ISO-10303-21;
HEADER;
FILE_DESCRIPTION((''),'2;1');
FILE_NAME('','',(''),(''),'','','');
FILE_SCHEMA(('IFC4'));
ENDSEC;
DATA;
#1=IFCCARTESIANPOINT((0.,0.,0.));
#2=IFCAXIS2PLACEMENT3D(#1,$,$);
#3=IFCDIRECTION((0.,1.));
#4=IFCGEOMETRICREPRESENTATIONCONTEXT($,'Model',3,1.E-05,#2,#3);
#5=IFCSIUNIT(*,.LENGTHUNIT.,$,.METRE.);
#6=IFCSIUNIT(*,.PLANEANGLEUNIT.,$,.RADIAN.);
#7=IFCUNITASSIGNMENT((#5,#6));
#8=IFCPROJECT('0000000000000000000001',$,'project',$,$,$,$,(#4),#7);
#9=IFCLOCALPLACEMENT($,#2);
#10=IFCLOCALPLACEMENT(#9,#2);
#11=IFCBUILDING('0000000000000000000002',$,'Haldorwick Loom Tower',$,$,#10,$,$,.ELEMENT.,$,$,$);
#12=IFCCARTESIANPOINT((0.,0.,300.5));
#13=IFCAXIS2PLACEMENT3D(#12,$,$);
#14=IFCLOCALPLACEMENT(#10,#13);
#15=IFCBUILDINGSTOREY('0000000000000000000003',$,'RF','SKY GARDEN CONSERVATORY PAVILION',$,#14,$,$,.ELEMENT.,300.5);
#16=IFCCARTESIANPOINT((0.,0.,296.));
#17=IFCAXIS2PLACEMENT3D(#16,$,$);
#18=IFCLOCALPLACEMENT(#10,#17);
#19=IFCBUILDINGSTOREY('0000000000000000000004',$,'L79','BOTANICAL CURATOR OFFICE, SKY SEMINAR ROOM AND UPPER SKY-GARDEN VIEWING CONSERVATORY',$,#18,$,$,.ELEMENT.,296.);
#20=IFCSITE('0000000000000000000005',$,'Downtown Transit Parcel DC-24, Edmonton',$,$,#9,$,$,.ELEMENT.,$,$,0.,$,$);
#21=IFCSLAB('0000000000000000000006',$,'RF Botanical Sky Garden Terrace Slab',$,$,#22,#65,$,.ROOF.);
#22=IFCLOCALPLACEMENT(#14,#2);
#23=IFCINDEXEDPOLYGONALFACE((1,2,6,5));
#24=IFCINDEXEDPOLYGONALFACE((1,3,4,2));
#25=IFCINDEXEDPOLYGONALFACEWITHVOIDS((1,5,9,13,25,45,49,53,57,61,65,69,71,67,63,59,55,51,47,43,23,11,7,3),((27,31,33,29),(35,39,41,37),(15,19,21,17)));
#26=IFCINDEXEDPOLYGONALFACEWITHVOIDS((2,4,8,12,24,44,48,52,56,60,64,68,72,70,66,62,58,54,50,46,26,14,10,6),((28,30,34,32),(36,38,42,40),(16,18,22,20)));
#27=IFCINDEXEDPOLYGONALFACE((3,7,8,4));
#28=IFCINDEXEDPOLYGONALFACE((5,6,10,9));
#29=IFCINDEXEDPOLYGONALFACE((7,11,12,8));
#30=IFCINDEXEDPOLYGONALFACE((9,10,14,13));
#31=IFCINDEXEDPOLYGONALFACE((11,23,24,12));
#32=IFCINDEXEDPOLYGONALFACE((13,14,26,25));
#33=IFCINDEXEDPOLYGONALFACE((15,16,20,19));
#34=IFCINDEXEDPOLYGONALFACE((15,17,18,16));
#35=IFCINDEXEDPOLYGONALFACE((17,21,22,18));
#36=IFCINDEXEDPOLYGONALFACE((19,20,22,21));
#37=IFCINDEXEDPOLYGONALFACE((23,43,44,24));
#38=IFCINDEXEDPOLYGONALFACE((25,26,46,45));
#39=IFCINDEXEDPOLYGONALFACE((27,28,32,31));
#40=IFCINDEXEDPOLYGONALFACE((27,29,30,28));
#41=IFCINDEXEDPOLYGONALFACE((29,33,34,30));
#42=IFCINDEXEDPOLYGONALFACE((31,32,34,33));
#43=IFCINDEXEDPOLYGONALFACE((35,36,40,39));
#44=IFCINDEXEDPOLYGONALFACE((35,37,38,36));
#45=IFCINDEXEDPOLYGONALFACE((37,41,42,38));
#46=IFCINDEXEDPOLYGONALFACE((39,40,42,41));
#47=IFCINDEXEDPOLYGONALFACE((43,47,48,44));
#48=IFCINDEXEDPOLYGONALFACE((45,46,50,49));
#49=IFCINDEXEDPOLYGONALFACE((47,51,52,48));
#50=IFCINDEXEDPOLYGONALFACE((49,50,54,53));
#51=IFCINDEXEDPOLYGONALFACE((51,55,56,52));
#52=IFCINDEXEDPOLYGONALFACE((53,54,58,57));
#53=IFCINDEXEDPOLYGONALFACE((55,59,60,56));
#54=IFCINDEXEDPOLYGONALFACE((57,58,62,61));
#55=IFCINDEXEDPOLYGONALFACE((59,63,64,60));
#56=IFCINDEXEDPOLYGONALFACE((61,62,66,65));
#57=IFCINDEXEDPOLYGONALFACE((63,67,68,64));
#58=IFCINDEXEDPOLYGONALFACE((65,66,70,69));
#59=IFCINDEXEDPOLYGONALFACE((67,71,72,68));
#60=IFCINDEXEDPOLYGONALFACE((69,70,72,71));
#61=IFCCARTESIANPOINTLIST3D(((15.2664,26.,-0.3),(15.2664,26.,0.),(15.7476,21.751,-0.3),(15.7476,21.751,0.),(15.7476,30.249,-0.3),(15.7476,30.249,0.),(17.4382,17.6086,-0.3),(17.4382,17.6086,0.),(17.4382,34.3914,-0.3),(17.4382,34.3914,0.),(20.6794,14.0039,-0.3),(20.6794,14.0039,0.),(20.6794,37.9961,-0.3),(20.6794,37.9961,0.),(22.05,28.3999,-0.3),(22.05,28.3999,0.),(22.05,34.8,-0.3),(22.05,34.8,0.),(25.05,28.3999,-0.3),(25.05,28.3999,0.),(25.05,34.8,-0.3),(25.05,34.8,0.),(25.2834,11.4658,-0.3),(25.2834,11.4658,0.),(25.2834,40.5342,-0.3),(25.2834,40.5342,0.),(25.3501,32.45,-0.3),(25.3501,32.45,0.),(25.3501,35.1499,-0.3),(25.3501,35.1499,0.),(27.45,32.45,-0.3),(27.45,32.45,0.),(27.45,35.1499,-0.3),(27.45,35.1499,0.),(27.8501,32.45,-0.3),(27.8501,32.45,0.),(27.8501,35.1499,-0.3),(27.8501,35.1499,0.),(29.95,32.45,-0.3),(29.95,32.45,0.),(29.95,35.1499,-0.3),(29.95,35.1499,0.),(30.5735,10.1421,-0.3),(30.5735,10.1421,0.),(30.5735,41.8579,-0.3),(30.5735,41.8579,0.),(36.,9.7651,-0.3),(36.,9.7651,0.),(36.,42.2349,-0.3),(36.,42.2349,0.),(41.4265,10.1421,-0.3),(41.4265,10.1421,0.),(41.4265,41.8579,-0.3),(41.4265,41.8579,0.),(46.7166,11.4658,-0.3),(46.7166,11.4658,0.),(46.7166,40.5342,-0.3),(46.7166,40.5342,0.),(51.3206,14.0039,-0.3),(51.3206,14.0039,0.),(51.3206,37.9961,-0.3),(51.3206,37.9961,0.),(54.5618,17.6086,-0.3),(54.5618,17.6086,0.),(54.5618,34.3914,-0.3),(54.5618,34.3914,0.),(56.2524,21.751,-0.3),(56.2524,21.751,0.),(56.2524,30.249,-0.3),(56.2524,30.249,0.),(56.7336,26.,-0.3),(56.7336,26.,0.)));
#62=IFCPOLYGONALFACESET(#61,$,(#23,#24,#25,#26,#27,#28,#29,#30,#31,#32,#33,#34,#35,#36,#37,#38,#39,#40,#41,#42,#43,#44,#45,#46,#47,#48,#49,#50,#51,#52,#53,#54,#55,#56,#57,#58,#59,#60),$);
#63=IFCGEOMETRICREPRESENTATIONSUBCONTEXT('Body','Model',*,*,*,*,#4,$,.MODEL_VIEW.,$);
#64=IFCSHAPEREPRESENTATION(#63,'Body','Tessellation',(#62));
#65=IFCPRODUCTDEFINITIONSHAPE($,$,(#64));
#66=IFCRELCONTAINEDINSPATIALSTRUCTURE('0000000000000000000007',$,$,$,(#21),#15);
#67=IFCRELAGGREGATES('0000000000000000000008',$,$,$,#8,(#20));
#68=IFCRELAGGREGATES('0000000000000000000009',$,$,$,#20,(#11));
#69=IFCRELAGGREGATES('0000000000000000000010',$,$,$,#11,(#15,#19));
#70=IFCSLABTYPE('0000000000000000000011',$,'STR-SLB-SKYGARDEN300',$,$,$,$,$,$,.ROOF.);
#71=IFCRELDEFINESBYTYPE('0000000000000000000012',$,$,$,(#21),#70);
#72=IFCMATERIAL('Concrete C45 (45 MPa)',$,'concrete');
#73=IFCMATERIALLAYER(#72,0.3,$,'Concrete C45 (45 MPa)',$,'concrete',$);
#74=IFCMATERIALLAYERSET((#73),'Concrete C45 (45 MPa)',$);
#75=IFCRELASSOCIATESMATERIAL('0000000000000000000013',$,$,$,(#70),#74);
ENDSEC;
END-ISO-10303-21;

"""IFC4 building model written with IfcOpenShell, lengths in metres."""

from ifc_helpers import new_model, si_unit, direction, frame, origin, place, context, subcontext, project, spatial, polyline, outline, extrude, material, layer, layer_set, type_object, element, save


model = new_model("IFC4")

# Units and contexts
model_context = context("Model", 3, precision=1e-05, world=origin(), true_north=direction((0.0, 1.0)))
body_context = subcontext(model_context, "Body", "Model", "MODEL_VIEW")
ifc_project = project(units=[si_unit("LENGTHUNIT", "METRE"), si_unit("PLANEANGLEUNIT", "RADIAN")], contexts=[model_context])

# Site, building, storey
site_placement = place(None, origin())
site = spatial("IfcSite", under=ifc_project, at=site_placement, Name="Downtown Transit Parcel DC-24, Edmonton", CompositionType="ELEMENT", RefElevation=0.0)
building_placement = place(site_placement, origin())
building = spatial("IfcBuilding", under=site, at=building_placement, Name="Haldorwick Loom Tower", CompositionType="ELEMENT")
storey_1_placement = place(building_placement, frame((0.0, 0.0, 300.5)))
storey_1 = spatial("IfcBuildingStorey", under=building, at=storey_1_placement, Name="RF", Description="SKY GARDEN CONSERVATORY PAVILION", CompositionType="ELEMENT", Elevation=300.5)

# Slab
ifc_material_1 = material(Name="Concrete C45 (45 MPa)", Category="concrete")
ifc_layer_1 = layer(ifc_material_1, 0.3, Name="Concrete C45 (45 MPa)", Category="concrete")
ifc_layer_set_1 = layer_set([ifc_layer_1], Name="Concrete C45 (45 MPa)")
slab_type = type_object("IfcSlabType", Name="STR-SLB-SKYGARDEN300", PredefinedType="ROOF", material=ifc_layer_set_1)
slab_placement = place(storey_1_placement, frame((0.0, 0.0, -0.3)))
element("IfcSlab", 1, at=slab_placement, inside=storey_1, type_object=slab_type, Name="RF Botanical Sky Garden Terrace Slab", PredefinedType="ROOF", context=body_context, shape_type="SweptSolid", body=[
    extrude(outline(polyline([(56.7336, 26.0), (56.2524, 30.249), (54.5618, 34.3914), (51.3206, 37.9961), (46.7166, 40.5342), (41.4265, 41.8579), (36.0, 42.2349), (30.5735, 41.8579), (25.2834, 40.5342), (20.6794, 37.9961), (17.4382, 34.3914), (15.7476, 30.249), (15.2664, 26.0), (15.7476, 21.751), (17.4382, 17.6086), (20.6794, 14.0039), (25.2834, 11.4658), (30.5735, 10.1421), (36.0, 9.7651), (41.4265, 10.1421), (46.7166, 11.4658), (51.3206, 14.0039), (54.5618, 17.6086), (56.2524, 21.751), (56.7336, 26.0)]), holes=[polyline([(22.05, 28.3999), (22.05, 34.8), (25.05, 34.8), (25.05, 28.3999), (22.05, 28.3999)]), polyline([(25.3501, 35.1499), (27.45, 35.1499), (27.45, 32.45), (25.3501, 32.45), (25.3501, 35.1499)]), polyline([(27.8501, 35.1499), (29.95, 35.1499), (29.95, 32.45), (27.8501, 32.45), (27.8501, 35.1499)])]), origin(), (0.0, 0.0, 1.0), 0.3),
])

# Shared definitions
storey_2_placement = place(building_placement, frame((0.0, 0.0, 296.0)))
storey_2 = spatial("IfcBuildingStorey", under=building, at=storey_2_placement, Name="L79", Description="BOTANICAL CURATOR OFFICE, SKY SEMINAR ROOM AND UPPER SKY-GARDEN VIEWING CONSERVATORY", CompositionType="ELEMENT", Elevation=296.0)

save(model, "model.ifc")
